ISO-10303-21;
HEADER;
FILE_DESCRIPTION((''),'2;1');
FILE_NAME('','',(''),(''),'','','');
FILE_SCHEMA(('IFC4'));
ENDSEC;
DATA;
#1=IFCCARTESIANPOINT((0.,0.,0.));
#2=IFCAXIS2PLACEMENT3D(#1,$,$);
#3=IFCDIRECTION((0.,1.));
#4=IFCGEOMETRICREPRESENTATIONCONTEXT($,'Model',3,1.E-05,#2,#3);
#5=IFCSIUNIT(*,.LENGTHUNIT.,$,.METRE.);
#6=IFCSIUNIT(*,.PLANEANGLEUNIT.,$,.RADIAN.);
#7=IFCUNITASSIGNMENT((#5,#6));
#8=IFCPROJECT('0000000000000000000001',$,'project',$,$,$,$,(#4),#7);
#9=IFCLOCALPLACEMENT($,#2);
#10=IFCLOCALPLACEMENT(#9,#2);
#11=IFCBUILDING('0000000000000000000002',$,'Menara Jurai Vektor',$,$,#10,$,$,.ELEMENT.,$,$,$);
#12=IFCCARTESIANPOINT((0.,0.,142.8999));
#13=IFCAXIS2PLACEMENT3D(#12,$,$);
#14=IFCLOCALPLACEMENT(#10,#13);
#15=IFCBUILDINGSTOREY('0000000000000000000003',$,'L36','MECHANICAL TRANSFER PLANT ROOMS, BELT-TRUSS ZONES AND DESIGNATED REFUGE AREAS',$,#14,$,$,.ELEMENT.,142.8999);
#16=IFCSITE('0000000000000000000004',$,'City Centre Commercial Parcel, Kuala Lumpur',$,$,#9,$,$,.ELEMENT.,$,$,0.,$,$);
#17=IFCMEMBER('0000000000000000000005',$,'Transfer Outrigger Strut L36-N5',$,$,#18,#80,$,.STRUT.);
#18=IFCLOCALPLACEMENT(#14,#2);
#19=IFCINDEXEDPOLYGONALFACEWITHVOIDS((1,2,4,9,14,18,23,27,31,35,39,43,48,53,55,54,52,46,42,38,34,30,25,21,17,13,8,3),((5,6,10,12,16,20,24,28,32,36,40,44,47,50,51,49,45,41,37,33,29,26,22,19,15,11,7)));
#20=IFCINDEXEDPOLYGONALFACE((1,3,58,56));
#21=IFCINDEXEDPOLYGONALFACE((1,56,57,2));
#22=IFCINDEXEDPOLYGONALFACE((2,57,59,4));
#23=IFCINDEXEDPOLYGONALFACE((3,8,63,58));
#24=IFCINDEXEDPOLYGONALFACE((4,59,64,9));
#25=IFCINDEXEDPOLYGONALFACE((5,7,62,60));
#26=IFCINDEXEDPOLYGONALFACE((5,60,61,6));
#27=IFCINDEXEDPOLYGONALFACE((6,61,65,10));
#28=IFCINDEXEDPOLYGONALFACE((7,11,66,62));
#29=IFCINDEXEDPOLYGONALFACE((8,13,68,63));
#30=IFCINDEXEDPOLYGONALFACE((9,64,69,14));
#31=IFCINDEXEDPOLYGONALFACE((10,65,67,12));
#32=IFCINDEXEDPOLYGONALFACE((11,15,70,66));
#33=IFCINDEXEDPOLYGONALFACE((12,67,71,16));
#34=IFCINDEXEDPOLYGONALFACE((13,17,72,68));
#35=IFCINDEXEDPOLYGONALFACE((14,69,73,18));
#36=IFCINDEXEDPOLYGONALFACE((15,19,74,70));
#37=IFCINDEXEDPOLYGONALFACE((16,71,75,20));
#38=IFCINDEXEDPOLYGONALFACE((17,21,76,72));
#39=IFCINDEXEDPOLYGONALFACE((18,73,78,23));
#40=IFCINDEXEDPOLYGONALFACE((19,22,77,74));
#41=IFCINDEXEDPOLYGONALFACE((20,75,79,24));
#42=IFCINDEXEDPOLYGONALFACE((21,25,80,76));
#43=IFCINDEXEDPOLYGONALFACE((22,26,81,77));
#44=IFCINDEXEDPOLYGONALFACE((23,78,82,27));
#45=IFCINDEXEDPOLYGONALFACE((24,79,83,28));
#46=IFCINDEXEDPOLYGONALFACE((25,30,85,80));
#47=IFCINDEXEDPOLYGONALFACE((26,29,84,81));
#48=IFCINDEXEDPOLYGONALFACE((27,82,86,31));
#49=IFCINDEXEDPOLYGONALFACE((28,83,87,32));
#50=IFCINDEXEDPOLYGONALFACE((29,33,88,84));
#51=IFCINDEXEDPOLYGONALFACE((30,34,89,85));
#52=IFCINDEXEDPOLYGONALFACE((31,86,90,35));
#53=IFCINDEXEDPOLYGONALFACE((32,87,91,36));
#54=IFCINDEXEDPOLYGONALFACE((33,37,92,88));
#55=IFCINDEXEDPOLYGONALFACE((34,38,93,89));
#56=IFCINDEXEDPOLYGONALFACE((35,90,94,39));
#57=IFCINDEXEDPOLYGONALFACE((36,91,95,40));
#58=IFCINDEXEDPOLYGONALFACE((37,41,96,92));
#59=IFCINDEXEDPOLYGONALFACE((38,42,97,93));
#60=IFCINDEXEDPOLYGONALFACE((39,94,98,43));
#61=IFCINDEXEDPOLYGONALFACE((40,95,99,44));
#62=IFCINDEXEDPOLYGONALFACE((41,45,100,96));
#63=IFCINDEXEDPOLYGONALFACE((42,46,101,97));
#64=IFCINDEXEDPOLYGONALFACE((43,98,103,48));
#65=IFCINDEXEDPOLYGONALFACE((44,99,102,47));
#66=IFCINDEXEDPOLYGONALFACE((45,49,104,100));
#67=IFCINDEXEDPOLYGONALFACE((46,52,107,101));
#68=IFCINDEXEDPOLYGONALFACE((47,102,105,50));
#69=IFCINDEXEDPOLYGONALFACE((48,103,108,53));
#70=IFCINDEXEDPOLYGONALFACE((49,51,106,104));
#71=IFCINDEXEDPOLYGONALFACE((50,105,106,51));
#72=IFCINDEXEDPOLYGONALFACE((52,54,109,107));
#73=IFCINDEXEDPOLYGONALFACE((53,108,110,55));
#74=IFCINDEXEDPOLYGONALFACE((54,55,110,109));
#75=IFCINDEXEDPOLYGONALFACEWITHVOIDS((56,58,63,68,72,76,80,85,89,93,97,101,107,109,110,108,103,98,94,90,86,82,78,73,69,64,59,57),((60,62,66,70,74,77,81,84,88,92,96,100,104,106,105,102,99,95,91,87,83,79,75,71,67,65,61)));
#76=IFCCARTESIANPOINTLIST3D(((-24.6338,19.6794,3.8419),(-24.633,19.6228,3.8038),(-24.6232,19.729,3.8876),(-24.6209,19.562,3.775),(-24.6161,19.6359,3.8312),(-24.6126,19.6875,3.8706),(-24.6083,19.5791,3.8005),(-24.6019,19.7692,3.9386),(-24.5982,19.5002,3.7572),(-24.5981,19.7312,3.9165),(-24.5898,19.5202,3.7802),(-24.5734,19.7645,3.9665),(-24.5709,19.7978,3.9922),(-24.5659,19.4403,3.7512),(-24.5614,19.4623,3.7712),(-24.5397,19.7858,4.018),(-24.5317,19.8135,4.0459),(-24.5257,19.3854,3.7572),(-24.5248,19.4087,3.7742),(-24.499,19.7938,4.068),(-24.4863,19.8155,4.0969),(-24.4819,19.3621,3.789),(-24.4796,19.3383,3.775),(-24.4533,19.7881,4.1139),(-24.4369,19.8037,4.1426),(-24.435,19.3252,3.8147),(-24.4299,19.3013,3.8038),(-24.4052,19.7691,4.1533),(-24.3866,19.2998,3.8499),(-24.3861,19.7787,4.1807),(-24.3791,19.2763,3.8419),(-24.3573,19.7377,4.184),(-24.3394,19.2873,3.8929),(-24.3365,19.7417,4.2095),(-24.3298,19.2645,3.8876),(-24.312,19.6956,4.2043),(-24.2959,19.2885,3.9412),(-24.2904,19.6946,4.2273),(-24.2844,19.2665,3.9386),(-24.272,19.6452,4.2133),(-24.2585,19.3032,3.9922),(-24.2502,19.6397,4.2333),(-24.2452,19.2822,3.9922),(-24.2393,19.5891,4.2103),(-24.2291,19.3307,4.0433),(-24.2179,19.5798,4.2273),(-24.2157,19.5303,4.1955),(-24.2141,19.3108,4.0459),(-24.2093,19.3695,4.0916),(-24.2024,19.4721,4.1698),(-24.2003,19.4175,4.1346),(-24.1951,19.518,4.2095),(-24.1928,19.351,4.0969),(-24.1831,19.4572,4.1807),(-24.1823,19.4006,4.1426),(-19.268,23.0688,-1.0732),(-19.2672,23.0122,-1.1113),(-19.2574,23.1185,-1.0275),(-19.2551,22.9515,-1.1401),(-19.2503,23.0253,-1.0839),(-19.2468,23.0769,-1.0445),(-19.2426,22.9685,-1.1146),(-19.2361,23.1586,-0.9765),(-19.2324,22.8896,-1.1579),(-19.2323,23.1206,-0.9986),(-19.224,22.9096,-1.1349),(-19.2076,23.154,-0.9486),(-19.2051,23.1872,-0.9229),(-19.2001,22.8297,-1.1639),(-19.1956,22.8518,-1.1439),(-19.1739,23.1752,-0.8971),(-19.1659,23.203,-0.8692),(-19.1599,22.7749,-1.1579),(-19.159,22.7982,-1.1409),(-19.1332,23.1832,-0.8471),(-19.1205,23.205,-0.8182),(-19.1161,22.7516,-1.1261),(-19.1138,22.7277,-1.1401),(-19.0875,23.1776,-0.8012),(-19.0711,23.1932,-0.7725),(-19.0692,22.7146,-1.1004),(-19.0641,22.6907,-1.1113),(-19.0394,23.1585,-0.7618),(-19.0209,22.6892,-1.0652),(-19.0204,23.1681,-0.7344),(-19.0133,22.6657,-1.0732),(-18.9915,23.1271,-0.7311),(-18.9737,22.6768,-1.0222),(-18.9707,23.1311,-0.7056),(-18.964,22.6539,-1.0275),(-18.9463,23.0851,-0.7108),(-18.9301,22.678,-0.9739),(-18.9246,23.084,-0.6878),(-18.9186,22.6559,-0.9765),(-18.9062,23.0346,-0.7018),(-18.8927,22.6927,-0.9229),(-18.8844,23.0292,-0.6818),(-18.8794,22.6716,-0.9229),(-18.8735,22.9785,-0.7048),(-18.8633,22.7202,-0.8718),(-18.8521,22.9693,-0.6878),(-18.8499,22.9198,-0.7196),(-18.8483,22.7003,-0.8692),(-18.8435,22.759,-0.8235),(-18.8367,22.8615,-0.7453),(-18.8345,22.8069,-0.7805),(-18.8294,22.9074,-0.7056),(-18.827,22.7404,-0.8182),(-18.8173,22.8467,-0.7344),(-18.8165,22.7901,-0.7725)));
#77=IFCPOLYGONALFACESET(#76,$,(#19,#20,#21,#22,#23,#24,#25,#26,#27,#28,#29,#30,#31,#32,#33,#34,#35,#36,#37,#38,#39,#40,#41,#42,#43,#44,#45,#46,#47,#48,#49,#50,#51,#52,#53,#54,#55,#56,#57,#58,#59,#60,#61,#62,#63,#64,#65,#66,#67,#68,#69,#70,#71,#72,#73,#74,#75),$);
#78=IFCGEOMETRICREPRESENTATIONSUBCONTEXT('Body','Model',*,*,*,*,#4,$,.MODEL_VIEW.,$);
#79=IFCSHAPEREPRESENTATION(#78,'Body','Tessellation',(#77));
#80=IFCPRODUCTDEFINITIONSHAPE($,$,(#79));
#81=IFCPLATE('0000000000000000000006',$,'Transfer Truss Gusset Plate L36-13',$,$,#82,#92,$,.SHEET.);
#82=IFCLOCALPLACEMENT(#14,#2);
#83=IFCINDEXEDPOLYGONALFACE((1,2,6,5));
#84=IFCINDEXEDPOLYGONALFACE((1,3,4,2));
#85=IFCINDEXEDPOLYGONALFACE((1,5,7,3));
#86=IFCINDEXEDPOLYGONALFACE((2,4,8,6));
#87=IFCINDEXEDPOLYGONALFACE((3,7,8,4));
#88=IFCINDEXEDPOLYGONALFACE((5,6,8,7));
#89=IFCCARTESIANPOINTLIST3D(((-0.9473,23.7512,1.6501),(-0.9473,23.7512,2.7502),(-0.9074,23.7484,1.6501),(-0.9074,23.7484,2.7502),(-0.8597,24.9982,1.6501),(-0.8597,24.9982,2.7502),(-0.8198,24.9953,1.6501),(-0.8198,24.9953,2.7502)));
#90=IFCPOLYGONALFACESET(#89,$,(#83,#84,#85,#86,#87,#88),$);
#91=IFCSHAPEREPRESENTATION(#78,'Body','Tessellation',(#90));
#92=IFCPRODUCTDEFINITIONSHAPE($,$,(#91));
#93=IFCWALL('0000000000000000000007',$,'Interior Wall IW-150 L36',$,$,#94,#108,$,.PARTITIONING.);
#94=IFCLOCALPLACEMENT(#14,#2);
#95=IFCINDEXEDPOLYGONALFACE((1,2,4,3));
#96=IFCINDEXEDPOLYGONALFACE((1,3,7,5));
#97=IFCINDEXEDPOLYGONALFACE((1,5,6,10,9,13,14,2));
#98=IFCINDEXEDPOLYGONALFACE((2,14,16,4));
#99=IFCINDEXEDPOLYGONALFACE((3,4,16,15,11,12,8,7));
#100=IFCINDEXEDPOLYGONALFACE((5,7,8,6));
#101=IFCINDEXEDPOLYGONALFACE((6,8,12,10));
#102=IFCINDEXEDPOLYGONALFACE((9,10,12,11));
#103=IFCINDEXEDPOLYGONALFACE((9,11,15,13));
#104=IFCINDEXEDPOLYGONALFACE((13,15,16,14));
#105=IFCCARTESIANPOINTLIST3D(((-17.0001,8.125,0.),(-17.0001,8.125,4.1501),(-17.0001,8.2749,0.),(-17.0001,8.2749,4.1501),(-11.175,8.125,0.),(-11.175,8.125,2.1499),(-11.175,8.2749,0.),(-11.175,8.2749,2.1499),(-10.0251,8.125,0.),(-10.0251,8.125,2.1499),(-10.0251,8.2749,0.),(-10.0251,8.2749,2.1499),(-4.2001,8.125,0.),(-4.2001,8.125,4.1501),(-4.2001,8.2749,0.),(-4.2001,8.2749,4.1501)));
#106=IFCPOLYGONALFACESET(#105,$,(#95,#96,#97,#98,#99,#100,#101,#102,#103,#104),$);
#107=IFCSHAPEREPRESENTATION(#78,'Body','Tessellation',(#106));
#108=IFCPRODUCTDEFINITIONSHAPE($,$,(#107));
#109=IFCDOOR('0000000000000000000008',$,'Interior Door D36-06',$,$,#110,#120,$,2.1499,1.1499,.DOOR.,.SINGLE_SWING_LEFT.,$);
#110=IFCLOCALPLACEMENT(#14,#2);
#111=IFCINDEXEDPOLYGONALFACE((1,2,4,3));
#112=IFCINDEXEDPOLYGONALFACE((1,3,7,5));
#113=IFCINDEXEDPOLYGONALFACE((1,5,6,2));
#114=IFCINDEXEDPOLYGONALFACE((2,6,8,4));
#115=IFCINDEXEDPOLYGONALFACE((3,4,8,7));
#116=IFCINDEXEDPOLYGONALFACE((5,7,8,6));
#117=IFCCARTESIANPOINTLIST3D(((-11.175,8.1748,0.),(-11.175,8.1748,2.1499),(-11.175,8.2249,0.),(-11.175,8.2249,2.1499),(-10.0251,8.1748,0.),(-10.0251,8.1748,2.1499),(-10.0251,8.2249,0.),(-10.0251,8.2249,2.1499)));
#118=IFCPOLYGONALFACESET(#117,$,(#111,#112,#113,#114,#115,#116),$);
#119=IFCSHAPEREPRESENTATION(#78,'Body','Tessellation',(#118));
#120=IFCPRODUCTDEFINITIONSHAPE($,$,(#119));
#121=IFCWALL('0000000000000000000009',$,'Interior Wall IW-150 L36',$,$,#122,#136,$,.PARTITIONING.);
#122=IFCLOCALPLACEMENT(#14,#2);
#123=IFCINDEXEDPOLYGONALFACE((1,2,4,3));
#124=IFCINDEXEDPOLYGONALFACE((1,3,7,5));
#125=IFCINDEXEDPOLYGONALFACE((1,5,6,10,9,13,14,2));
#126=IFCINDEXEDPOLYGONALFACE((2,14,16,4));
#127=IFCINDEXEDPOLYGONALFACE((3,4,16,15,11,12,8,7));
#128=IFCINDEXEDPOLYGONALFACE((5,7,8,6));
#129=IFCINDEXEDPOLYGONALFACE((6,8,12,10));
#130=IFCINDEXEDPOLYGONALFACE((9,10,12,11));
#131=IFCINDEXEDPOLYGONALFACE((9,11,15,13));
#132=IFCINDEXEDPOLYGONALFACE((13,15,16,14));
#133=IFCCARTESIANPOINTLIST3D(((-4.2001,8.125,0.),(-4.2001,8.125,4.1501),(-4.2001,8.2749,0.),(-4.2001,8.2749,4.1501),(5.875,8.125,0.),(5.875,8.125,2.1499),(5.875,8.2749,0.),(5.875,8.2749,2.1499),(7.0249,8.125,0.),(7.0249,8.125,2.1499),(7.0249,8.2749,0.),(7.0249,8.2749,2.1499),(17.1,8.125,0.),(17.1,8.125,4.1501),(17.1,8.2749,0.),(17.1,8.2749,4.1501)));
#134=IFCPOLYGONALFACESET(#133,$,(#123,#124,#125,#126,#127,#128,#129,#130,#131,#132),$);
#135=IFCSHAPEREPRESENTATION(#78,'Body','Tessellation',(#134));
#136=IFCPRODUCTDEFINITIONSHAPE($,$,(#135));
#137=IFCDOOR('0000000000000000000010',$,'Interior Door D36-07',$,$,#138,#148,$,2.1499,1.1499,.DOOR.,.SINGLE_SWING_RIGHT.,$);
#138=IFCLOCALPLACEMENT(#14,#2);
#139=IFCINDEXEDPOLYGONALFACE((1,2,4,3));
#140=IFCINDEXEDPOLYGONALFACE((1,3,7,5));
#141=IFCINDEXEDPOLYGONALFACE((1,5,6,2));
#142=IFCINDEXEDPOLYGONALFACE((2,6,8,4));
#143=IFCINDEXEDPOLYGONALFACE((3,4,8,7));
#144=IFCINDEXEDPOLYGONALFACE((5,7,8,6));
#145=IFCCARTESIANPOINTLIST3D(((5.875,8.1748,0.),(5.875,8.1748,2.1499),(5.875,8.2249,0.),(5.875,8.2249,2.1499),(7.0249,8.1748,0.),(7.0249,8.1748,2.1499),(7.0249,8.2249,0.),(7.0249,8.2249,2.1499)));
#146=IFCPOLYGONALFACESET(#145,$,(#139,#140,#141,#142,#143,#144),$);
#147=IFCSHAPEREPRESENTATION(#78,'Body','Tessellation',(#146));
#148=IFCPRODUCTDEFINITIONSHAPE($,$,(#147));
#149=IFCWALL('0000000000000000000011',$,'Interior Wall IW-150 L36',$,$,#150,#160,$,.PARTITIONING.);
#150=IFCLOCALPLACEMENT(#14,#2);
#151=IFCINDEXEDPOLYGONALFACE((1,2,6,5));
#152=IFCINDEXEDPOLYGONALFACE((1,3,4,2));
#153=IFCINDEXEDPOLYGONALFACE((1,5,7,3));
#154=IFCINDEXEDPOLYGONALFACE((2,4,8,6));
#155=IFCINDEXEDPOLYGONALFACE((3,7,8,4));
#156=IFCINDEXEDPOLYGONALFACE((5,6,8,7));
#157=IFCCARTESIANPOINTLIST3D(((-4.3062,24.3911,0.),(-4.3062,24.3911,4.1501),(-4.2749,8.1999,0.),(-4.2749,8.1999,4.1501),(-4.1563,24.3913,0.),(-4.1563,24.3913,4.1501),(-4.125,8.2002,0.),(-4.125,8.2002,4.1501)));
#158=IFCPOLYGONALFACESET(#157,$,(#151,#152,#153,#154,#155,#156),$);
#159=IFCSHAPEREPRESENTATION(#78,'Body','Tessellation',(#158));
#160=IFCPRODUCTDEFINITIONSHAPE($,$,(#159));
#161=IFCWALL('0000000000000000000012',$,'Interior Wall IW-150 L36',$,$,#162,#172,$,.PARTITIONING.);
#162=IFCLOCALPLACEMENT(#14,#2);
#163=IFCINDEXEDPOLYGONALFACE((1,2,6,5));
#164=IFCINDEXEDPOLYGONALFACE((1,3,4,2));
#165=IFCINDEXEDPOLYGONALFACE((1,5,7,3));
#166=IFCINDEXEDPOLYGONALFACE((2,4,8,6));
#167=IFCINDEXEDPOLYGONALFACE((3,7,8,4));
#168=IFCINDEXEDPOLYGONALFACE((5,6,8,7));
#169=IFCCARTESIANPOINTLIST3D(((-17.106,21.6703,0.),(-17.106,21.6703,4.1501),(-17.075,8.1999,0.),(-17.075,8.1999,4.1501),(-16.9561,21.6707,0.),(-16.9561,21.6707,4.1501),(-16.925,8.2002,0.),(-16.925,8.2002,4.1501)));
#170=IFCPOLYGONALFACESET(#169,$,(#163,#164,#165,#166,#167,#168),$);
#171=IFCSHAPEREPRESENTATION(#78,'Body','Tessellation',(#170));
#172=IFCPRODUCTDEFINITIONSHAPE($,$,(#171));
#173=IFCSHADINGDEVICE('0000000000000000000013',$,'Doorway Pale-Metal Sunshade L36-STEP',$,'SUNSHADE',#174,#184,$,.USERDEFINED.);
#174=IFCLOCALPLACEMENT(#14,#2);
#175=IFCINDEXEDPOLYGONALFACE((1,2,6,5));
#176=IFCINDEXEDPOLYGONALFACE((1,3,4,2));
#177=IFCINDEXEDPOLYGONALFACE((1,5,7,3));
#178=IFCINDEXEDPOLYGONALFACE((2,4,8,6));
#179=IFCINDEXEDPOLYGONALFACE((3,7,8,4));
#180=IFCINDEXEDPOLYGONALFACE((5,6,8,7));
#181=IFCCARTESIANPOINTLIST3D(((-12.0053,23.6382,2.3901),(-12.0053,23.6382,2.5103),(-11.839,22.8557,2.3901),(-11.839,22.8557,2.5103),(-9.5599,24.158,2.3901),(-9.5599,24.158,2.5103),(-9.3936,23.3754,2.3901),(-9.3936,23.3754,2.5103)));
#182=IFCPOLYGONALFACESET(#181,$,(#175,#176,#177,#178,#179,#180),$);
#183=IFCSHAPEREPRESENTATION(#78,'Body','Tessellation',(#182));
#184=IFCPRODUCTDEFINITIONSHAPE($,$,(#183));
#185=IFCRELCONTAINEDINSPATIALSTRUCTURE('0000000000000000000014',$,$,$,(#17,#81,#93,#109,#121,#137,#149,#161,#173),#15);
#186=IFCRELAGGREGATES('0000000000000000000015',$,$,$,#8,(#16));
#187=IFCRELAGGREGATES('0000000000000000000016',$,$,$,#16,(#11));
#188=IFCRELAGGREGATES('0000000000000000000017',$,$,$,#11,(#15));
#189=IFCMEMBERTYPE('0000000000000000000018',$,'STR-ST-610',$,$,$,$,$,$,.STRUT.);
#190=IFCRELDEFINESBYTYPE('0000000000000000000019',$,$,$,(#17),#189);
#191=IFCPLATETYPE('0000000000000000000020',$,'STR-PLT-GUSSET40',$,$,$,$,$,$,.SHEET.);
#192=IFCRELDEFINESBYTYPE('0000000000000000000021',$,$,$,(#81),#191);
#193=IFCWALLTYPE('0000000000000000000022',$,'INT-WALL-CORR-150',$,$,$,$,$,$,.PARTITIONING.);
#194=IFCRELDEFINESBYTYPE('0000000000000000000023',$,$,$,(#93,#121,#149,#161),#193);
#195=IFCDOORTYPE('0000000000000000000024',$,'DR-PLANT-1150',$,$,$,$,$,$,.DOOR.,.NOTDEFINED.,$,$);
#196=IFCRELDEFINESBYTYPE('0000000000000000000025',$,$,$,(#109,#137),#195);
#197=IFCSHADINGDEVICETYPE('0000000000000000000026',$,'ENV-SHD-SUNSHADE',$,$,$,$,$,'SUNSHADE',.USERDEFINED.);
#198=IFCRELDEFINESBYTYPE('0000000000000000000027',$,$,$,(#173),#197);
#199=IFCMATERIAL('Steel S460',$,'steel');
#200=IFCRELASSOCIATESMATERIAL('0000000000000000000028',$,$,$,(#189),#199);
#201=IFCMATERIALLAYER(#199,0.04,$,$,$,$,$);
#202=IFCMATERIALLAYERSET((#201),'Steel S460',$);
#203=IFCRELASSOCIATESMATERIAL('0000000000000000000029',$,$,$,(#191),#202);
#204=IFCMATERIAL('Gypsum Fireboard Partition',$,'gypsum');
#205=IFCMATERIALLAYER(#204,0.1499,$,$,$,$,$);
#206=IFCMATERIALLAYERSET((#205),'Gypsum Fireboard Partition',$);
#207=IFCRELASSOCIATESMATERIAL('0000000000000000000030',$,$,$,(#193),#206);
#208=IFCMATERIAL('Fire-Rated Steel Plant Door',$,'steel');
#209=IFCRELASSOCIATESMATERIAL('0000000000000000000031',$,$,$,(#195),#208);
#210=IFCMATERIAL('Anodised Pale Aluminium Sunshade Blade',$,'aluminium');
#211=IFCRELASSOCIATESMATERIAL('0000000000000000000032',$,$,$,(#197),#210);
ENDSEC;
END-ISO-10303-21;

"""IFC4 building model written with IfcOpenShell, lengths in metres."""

from ifc_helpers import new_model, si_unit, direction, frame, frame_2d, origin, origin_2d, place, context, subcontext, project, spatial, rectangle, hollow_circle, extrude, material, layer, layer_set, material_profile, profile_set, type_object, element, fill, save


model = new_model("IFC4")

# Units and contexts
model_context = context("Model", 3, precision=1e-05, world=origin(), true_north=direction((0.0, 1.0)))
body_context = subcontext(model_context, "Body", "Model", "MODEL_VIEW")
ifc_project = project(units=[si_unit("LENGTHUNIT", "METRE"), si_unit("PLANEANGLEUNIT", "RADIAN")], contexts=[model_context])

# Site, building, storey
site_placement = place(None, origin())
site = spatial("IfcSite", under=ifc_project, at=site_placement, Name="City Centre Commercial Parcel, Kuala Lumpur", CompositionType="ELEMENT", RefElevation=0.0)
building_placement = place(site_placement, origin())
building = spatial("IfcBuilding", under=site, at=building_placement, Name="Menara Jurai Vektor", CompositionType="ELEMENT")
storey_placement = place(building_placement, frame((0.0, 0.0, 142.8999)))
storey = spatial("IfcBuildingStorey", under=building, at=storey_placement, Name="L36", Description="MECHANICAL TRANSFER PLANT ROOMS, BELT-TRUSS ZONES AND DESIGNATED REFUGE AREAS", CompositionType="ELEMENT", Elevation=142.8999)

# Shared definitions
ifc_material_1 = material(Name="Steel S460", Category="steel")

# Member
ifc_material_profile_1 = material_profile(ifc_material_1, hollow_circle(Radius=0.3049, WallThickness=0.0249, at=origin_2d()), Name="CHS 610x25")
ifc_profile_set_1 = profile_set([ifc_material_profile_1], Name="Steel S460")
member_type_1 = type_object("IfcMemberType", Name="STR-ST-610", PredefinedType="STRUT", material=ifc_profile_set_1)
member_1_placement = place(storey_placement, frame((-19.0422, 22.9294, -0.9229), z_axis=(-0.668439, -0.422238, 0.612295), x_axis=(0.534052, -0.845451, 0.0)))
element("IfcMember", 1, at=member_1_placement, inside=storey, type_object=member_type_1, Name="Transfer Outrigger Strut L36-N5", PredefinedType="STRUT", context=body_context, shape_type="SweptSolid", body=[
    extrude(hollow_circle(Radius=0.3049, WallThickness=0.0249, at=origin_2d()), origin(), (0.0, 0.0, 1.0), 8.0273),
])

# Plate
ifc_layer_1 = layer(ifc_material_1, 0.04)
ifc_layer_set_1 = layer_set([ifc_layer_1], Name="Steel S460")
plate_type = type_object("IfcPlateType", Name="STR-PLT-GUSSET40", PredefinedType="SHEET", material=ifc_layer_set_1)
plate_placement = place(storey_placement, frame((-0.8835, 24.3733, 1.6501), z_axis=(0.0, 0.0, 1.0), x_axis=(-0.070105, -0.99754, 0.0)))
element("IfcPlate", 2, at=plate_placement, inside=storey, type_object=plate_type, Name="Transfer Truss Gusset Plate L36-13", PredefinedType="SHEET", context=body_context, shape_type="SweptSolid", body=[
    extrude(rectangle(XDim=1.25, YDim=0.04, at=origin_2d()), origin(), (0.0, 0.0, 1.0), 1.1001),
])

# Walls, openings, doors
ifc_material_2 = material(Name="Gypsum Fireboard Partition", Category="gypsum")
ifc_layer_2 = layer(ifc_material_2, 0.1499)
ifc_layer_set_2 = layer_set([ifc_layer_2], Name="Gypsum Fireboard Partition")
wall_type = type_object("IfcWallType", Name="INT-WALL-CORR-150", PredefinedType="PARTITIONING", material=ifc_layer_set_2)
wall_1_placement = place(storey_placement, frame((-17.0, 8.2, 0.0), z_axis=(0.0, 0.0, 1.0), x_axis=(1.0, 0.0, 0.0)))
wall_1 = element("IfcWall", 3, at=wall_1_placement, inside=storey, type_object=wall_type, Name="Interior Wall IW-150 L36", PredefinedType="PARTITIONING", context=body_context, shape_type="SweptSolid", body=[
    extrude(rectangle(XDim=12.8, YDim=0.1499, at=frame_2d((6.3999, 0.0))), origin(), (0.0, 0.0, 1.0), 4.1501),
])
opening_1_placement = place(wall_1_placement, frame((5.825, 0.0, 0.0)))
opening_1 = element("IfcOpeningElement", 4, at=opening_1_placement, cuts=wall_1, PredefinedType="OPENING", context=body_context, shape_type="SweptSolid", body=[
    extrude(rectangle(XDim=1.1499, YDim=2.1499, at=frame_2d((0.575, 1.075))), frame((0.0, 0.085, 0.0), z_axis=(0.0, -1.0, 0.0), x_axis=(1.0, 0.0, 0.0)), (0.0, 0.0, 1.0), 0.1699),
])
ifc_material_3 = material(Name="Fire-Rated Steel Plant Door", Category="steel")
door_type = type_object("IfcDoorType", Name="DR-PLANT-1150", OperationType="NOTDEFINED", PredefinedType="DOOR", material=ifc_material_3)
door_1_placement = place(opening_1_placement, origin())
door_1 = element("IfcDoor", 5, at=door_1_placement, inside=storey, type_object=door_type, Name="Interior Door D36-06", OperationType="SINGLE_SWING_LEFT", OverallHeight=2.1499, OverallWidth=1.1499, PredefinedType="DOOR", context=body_context, shape_type="SweptSolid", body=[
    extrude(rectangle(XDim=1.1499, YDim=2.1499, at=frame_2d((0.575, 1.075))), frame((0.0, 0.0249, 0.0), z_axis=(0.0, -1.0, 0.0), x_axis=(1.0, 0.0, 0.0)), (0.0, 0.0, 1.0), 0.05),
])
fill(opening_1, door_1)
wall_2_placement = place(storey_placement, frame((-4.2, 8.2, 0.0), z_axis=(0.0, 0.0, 1.0), x_axis=(1.0, 0.0, 0.0)))
wall_2 = element("IfcWall", 6, at=wall_2_placement, inside=storey, type_object=wall_type, Name="Interior Wall IW-150 L36", PredefinedType="PARTITIONING", context=body_context, shape_type="SweptSolid", body=[
    extrude(rectangle(XDim=21.3, YDim=0.1499, at=frame_2d((10.6499, 0.0))), origin(), (0.0, 0.0, 1.0), 4.1501),
])
opening_2_placement = place(wall_2_placement, frame((10.075, 0.0, 0.0)))
opening_2 = element("IfcOpeningElement", 7, at=opening_2_placement, cuts=wall_2, PredefinedType="OPENING", context=body_context, shape_type="SweptSolid", body=[
    extrude(rectangle(XDim=1.1499, YDim=2.1499, at=frame_2d((0.575, 1.075))), frame((0.0, 0.085, 0.0), z_axis=(0.0, -1.0, 0.0), x_axis=(1.0, 0.0, 0.0)), (0.0, 0.0, 1.0), 0.1699),
])
door_2_placement = place(opening_2_placement, origin())
door_2 = element("IfcDoor", 8, at=door_2_placement, inside=storey, type_object=door_type, Name="Interior Door D36-07", OperationType="SINGLE_SWING_RIGHT", OverallHeight=2.1499, OverallWidth=1.1499, PredefinedType="DOOR", context=body_context, shape_type="SweptSolid", body=[
    extrude(rectangle(XDim=1.1499, YDim=2.1499, at=frame_2d((0.575, 1.075))), frame((0.0, 0.0249, 0.0), z_axis=(0.0, -1.0, 0.0), x_axis=(1.0, 0.0, 0.0)), (0.0, 0.0, 1.0), 0.05),
])
fill(opening_2, door_2)

# Walls
wall_3_placement = place(storey_placement, frame((-4.2, 8.2, 0.0), z_axis=(0.0, 0.0, 1.0), x_axis=(-0.00193, 0.999998, 0.0)))
element("IfcWall", 9, at=wall_3_placement, inside=storey, type_object=wall_type, Name="Interior Wall IW-150 L36", PredefinedType="PARTITIONING", context=body_context, shape_type="SweptSolid", body=[
    extrude(rectangle(XDim=16.1912, YDim=0.1499, at=frame_2d((8.0957, 0.0))), origin(), (0.0, 0.0, 1.0), 4.1501),
])
wall_4_placement = place(storey_placement, frame((-17.0, 8.2, 0.0), z_axis=(0.0, 0.0, 1.0), x_axis=(-0.002302, 0.999997, 0.0)))
element("IfcWall", 10, at=wall_4_placement, inside=storey, type_object=wall_type, Name="Interior Wall IW-150 L36", PredefinedType="PARTITIONING", context=body_context, shape_type="SweptSolid", body=[
    extrude(rectangle(XDim=13.4705, YDim=0.1499, at=frame_2d((6.7354, 0.0))), origin(), (0.0, 0.0, 1.0), 4.1501),
])

# Shading device
ifc_material_4 = material(Name="Anodised Pale Aluminium Sunshade Blade", Category="aluminium")
shading_device_type = type_object("IfcShadingDeviceType", Name="ENV-SHD-SUNSHADE", ElementType="SUNSHADE", PredefinedType="USERDEFINED", material=ifc_material_4)
shading_device_placement = place(storey_placement, frame((-10.6995, 23.5068, 2.3901), z_axis=(0.0, 0.0, 1.0), x_axis=(-0.978148, -0.207912, 0.0)))
element("IfcShadingDevice", 11, at=shading_device_placement, inside=storey, type_object=shading_device_type, Name="Doorway Pale-Metal Sunshade L36-STEP", ObjectType="SUNSHADE", PredefinedType="USERDEFINED", context=body_context, shape_type="SweptSolid", body=[
    extrude(rectangle(XDim=2.5, YDim=0.8, at=origin_2d()), origin(), (0.0, 0.0, 1.0), 0.1201),
])

save(model, "model.ifc")
